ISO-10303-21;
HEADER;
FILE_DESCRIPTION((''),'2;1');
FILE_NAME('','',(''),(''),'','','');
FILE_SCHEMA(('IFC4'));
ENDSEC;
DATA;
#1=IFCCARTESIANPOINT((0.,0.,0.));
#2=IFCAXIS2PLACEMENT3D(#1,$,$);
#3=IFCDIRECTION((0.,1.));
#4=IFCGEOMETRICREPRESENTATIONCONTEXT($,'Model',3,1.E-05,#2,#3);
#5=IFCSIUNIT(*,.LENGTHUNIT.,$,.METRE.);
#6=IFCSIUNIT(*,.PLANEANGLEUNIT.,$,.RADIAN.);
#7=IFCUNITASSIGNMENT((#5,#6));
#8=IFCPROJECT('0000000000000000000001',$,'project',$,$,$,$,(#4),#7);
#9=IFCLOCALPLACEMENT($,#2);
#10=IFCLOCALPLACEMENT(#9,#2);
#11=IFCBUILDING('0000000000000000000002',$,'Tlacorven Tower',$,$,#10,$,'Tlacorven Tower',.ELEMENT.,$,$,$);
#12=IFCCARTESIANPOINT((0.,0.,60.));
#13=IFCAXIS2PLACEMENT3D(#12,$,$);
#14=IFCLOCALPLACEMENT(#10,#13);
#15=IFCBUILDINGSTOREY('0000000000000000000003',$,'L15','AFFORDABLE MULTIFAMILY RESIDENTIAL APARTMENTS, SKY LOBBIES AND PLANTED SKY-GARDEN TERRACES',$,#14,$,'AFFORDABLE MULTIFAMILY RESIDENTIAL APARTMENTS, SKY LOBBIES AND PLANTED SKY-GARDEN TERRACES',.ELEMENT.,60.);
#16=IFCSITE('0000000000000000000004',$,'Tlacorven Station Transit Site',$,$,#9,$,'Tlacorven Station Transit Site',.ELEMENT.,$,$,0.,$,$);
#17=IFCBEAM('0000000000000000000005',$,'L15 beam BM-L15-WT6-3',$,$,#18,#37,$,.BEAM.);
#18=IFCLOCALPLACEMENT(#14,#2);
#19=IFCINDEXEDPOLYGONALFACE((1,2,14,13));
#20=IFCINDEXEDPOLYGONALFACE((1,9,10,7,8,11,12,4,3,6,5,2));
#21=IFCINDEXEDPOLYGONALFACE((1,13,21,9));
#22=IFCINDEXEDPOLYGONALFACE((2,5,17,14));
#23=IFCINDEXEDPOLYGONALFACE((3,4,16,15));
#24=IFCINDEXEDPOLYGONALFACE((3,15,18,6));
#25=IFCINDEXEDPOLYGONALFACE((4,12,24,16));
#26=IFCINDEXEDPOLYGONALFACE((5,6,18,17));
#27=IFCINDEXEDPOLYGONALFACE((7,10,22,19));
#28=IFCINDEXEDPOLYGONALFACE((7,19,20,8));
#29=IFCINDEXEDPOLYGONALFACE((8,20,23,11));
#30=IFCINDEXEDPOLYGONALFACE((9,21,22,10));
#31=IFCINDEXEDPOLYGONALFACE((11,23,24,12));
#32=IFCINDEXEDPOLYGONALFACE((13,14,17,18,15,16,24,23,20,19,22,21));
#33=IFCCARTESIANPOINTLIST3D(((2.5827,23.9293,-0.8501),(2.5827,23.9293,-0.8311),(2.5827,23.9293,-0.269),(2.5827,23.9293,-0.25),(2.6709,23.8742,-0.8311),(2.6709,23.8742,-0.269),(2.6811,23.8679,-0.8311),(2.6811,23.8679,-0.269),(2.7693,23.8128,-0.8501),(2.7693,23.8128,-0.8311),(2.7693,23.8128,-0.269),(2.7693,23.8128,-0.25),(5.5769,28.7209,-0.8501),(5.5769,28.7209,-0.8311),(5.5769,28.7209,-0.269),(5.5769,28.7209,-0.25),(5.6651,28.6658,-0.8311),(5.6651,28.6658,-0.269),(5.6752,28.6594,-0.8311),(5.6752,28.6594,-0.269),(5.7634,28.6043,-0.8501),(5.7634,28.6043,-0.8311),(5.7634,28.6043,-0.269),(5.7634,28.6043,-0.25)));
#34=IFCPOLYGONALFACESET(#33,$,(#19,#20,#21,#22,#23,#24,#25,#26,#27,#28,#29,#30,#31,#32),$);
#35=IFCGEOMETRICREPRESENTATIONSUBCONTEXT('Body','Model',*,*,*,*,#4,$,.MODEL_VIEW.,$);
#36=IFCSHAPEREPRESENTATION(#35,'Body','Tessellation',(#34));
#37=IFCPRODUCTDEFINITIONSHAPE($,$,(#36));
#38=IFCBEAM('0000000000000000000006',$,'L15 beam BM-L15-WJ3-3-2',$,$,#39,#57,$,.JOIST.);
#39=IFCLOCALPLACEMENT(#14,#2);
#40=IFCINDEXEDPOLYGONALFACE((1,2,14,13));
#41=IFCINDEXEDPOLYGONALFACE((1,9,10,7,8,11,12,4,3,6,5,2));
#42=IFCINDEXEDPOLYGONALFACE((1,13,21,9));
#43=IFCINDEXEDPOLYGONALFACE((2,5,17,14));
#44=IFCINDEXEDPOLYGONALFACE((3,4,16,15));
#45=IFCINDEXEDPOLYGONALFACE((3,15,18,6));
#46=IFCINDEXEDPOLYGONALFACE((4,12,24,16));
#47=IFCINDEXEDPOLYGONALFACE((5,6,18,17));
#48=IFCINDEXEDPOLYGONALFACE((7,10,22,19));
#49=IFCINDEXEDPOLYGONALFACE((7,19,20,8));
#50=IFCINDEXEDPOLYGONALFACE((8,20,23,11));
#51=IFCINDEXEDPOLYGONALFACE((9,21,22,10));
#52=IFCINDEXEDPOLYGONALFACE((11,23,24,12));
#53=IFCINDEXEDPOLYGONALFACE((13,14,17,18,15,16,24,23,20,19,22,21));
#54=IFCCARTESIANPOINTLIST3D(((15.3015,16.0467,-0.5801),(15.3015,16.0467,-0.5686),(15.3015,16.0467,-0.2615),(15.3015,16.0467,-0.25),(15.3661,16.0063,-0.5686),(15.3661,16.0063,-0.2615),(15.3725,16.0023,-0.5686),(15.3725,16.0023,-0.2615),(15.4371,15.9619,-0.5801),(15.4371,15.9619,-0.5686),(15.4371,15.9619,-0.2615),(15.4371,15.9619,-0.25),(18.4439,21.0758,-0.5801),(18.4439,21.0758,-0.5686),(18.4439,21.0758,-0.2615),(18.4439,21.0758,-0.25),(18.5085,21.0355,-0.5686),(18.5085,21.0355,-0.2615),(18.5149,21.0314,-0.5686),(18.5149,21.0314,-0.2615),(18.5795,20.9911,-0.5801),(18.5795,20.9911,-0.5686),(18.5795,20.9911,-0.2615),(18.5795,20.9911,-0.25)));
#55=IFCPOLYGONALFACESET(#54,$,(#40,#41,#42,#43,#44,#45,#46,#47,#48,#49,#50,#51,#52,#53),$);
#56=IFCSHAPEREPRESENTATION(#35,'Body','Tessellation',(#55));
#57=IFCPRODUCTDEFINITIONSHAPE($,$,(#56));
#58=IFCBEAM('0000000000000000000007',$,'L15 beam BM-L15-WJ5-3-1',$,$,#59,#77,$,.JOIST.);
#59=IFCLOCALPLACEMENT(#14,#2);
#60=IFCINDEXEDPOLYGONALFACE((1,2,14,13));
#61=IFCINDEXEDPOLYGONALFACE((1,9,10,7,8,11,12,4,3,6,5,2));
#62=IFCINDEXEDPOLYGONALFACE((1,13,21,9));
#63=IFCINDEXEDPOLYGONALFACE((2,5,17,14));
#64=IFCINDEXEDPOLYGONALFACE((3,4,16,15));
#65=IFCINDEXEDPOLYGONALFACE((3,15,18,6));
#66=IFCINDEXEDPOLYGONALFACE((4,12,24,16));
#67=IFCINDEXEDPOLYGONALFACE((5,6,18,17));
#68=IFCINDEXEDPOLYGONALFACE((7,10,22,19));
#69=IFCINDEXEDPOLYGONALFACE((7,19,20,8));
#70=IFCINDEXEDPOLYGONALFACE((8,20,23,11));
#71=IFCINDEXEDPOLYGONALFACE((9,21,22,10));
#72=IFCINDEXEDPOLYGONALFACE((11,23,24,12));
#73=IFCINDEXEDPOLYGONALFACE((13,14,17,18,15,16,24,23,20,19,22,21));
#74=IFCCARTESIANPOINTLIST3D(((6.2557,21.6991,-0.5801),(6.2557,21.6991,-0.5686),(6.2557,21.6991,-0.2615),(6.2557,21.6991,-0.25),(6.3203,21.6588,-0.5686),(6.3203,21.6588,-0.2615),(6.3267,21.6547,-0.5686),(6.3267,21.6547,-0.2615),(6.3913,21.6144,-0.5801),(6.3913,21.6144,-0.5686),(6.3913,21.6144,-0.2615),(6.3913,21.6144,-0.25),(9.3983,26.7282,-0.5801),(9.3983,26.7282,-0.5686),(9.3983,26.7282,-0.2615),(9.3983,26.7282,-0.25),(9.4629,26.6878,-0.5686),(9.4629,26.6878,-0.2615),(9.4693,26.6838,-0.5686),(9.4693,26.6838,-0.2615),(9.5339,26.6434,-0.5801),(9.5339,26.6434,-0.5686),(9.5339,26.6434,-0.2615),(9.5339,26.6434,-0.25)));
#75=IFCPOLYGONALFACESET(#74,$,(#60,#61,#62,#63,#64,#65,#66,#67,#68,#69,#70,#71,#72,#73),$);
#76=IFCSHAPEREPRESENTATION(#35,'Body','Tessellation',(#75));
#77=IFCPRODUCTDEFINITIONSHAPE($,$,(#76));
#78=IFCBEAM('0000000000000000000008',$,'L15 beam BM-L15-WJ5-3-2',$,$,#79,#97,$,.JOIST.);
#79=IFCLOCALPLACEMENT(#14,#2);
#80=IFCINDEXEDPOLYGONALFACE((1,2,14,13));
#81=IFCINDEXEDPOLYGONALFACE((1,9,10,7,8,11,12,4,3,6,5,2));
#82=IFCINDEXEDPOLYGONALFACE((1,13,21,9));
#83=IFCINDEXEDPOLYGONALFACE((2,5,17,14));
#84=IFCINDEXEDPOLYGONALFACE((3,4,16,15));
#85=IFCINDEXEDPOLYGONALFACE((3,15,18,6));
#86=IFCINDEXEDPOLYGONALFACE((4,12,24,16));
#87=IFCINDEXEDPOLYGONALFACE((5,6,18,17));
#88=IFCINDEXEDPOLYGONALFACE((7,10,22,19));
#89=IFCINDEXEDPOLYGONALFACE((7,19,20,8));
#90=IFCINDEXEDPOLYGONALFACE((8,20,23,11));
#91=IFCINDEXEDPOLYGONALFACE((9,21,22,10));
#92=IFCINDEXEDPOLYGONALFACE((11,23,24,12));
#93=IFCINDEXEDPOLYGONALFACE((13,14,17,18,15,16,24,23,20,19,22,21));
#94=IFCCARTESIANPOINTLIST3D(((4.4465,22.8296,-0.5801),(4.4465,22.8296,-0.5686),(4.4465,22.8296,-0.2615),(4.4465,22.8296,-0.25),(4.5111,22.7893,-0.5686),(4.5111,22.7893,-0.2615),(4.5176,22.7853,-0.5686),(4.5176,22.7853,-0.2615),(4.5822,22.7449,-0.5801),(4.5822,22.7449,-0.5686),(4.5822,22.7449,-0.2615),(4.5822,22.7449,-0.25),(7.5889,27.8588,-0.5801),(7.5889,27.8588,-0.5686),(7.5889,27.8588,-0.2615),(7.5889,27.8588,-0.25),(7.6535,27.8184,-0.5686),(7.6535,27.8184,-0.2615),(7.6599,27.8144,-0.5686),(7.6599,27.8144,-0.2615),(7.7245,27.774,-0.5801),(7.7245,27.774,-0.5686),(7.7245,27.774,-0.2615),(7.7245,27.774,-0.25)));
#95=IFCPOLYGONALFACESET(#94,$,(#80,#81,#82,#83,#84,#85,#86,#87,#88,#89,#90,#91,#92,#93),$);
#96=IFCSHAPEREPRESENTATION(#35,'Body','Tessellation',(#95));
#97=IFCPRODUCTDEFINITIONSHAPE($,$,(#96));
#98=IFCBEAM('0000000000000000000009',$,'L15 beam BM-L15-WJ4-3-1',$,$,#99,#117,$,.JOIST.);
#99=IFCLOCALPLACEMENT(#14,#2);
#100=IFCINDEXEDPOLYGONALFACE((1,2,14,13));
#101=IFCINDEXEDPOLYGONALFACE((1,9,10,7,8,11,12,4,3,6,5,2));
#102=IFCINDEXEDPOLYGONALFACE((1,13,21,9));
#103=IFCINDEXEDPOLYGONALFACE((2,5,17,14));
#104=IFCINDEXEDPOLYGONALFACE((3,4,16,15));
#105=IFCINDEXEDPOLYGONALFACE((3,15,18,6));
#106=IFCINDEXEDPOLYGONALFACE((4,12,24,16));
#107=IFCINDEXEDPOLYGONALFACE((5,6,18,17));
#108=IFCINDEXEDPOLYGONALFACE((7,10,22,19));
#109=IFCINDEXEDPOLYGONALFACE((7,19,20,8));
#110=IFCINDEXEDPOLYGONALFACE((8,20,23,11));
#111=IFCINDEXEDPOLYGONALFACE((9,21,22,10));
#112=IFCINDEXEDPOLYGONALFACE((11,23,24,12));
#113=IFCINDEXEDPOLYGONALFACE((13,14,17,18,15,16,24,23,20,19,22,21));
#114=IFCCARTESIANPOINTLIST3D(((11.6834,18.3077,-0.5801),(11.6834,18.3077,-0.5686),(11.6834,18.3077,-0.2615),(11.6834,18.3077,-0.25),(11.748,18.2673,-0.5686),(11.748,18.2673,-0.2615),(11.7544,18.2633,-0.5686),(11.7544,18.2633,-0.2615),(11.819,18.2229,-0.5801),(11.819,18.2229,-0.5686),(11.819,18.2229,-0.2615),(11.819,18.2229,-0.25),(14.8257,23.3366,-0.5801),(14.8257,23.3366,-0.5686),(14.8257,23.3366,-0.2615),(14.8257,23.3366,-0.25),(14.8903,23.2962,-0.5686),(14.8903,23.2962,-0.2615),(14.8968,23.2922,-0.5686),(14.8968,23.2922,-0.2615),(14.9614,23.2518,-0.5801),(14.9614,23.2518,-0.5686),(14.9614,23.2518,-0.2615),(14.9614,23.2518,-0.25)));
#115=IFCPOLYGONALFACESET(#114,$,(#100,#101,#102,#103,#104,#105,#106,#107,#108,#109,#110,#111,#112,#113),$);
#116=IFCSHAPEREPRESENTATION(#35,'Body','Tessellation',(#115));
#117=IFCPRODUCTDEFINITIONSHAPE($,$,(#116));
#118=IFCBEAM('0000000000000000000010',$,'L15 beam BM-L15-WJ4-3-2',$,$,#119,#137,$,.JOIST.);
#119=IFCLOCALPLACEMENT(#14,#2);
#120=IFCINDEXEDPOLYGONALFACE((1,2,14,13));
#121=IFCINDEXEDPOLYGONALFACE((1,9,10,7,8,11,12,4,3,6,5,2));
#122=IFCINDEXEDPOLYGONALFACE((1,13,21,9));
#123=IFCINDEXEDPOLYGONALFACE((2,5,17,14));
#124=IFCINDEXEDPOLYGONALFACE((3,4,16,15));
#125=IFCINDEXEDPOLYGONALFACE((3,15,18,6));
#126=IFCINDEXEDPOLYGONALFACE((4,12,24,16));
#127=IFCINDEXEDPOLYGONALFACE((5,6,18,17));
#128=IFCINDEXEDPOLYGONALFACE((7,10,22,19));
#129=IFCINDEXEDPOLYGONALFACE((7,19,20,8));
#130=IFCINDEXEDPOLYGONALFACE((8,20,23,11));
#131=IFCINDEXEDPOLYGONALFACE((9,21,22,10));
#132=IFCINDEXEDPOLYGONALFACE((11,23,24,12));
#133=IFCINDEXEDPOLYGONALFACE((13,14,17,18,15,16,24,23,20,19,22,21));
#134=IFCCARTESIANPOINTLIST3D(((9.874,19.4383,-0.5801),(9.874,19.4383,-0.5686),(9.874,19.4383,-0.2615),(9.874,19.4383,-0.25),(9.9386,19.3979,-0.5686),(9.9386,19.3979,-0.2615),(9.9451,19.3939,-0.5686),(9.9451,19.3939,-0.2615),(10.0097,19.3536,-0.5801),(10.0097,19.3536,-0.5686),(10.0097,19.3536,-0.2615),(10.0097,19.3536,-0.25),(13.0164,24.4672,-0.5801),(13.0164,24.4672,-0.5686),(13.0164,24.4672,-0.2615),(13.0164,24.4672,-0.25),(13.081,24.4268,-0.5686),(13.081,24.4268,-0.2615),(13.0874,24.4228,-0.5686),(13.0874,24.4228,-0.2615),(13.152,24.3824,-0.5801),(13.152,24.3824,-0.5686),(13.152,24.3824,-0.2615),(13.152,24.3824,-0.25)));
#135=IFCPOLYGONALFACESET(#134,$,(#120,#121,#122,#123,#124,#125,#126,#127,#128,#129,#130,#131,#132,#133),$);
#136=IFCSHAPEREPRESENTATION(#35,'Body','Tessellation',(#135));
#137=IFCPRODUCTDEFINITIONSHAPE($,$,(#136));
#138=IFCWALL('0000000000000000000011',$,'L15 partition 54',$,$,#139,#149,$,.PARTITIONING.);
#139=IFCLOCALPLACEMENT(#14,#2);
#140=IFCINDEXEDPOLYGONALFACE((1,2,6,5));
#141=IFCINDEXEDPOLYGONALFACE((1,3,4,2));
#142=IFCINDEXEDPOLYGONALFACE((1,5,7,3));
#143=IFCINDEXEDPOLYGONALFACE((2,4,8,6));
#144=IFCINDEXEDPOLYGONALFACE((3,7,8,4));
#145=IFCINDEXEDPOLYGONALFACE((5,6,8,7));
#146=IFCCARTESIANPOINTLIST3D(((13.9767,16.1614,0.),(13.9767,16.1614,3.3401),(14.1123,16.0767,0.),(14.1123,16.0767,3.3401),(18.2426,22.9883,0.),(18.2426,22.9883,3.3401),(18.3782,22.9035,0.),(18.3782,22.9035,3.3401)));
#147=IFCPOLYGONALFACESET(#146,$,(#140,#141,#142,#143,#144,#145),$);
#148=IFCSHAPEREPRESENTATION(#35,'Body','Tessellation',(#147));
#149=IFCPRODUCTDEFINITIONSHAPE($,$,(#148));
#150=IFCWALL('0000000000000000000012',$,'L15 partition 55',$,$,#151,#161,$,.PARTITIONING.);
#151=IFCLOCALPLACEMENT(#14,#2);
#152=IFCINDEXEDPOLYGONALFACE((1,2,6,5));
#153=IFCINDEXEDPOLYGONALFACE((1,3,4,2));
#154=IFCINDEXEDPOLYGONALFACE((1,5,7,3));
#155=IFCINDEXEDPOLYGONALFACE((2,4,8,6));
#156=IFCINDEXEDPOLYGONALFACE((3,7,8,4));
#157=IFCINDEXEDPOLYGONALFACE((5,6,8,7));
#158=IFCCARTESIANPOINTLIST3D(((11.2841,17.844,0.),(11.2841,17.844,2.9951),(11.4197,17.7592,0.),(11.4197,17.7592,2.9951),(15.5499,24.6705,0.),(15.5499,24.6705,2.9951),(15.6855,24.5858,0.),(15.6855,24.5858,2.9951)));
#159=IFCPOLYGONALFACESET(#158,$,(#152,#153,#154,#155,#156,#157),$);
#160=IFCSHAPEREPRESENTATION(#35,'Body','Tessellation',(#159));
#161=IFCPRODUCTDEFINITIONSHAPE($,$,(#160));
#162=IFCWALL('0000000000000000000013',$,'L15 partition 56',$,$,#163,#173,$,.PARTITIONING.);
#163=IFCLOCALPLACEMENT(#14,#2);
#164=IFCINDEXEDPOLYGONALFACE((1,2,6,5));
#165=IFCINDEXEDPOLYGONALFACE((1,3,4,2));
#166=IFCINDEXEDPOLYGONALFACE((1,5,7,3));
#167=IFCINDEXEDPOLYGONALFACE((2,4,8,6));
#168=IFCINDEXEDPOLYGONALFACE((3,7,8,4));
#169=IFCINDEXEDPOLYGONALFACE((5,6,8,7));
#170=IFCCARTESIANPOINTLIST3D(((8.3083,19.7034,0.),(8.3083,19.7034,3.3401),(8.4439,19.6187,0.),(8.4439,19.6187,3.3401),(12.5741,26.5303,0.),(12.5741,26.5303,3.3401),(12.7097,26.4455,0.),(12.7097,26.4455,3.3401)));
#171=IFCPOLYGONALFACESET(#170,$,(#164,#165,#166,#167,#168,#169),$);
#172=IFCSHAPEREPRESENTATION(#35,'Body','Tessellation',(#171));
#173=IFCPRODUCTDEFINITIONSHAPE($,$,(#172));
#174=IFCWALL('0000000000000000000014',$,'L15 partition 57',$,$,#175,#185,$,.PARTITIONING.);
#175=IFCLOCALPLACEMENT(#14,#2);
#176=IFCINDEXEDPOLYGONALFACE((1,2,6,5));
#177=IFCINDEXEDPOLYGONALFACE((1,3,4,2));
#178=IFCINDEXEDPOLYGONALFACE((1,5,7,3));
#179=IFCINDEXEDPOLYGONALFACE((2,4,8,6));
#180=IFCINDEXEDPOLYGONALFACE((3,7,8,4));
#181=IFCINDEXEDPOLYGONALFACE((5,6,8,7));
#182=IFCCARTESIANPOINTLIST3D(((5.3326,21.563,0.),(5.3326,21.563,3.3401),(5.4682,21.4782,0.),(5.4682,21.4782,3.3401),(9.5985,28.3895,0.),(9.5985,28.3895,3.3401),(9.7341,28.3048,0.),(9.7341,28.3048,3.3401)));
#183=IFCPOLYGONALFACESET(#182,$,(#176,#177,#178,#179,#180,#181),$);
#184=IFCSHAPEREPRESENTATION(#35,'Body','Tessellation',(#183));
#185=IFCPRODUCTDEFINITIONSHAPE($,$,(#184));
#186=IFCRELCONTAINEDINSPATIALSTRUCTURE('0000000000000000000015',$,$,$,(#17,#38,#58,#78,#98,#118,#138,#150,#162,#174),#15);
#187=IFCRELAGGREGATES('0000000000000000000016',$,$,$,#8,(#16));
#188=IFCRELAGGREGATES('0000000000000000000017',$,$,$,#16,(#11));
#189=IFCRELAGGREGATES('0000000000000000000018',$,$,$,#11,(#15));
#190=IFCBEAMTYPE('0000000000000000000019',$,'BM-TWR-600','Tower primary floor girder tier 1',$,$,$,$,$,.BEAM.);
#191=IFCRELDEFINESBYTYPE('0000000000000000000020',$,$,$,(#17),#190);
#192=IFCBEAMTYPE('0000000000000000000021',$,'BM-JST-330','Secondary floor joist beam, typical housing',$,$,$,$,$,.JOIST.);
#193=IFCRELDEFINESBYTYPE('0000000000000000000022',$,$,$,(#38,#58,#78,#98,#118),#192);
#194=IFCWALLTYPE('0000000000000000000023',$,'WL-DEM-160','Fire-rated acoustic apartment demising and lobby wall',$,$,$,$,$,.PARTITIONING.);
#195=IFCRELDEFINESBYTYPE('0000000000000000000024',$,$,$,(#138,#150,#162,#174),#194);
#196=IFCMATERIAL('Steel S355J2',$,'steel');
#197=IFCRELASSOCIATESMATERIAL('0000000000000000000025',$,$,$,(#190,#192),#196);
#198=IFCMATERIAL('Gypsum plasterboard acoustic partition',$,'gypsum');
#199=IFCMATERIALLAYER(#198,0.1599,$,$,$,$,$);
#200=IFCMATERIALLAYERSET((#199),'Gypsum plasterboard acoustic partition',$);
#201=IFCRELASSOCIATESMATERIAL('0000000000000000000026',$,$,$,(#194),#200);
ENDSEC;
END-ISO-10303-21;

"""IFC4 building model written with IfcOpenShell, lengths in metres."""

from ifc_helpers import new_model, si_unit, direction, frame, frame_2d, origin, origin_2d, place, context, subcontext, project, spatial, rectangle, i_section, extrude, source, transform, mapped, material, layer, layer_set, material_profile, profile_set, type_object, element, save


model = new_model("IFC4")

# Units and contexts
model_context = context("Model", 3, precision=1e-05, world=origin(), true_north=direction((0.0, 1.0)))
body_context = subcontext(model_context, "Body", "Model", "MODEL_VIEW")
ifc_project = project(units=[si_unit("LENGTHUNIT", "METRE"), si_unit("PLANEANGLEUNIT", "RADIAN")], contexts=[model_context])

# Site, building, storey
site_placement = place(None, origin())
site = spatial("IfcSite", under=ifc_project, at=site_placement, Name="Tlacorven Station Transit Site", LongName="Tlacorven Station Transit Site", CompositionType="ELEMENT", RefElevation=0.0)
building_placement = place(site_placement, origin())
building = spatial("IfcBuilding", under=site, at=building_placement, Name="Tlacorven Tower", LongName="Tlacorven Tower", CompositionType="ELEMENT")
storey_placement = place(building_placement, frame((0.0, 0.0, 60.0)))
storey = spatial("IfcBuildingStorey", under=building, at=storey_placement, Name="L15", Description="AFFORDABLE MULTIFAMILY RESIDENTIAL APARTMENTS, SKY LOBBIES AND PLANTED SKY-GARDEN TERRACES", LongName="AFFORDABLE MULTIFAMILY RESIDENTIAL APARTMENTS, SKY LOBBIES AND PLANTED SKY-GARDEN TERRACES", CompositionType="ELEMENT", Elevation=60.0)

# Beams
ifc_material_1 = material(Name="Steel S355J2", Category="steel")
ifc_material_profile_1 = material_profile(ifc_material_1, i_section(OverallWidth=0.22, OverallDepth=0.6001, WebThickness=0.012, FlangeThickness=0.019, at=origin_2d()), Name="IPE 600")
ifc_profile_set_1 = profile_set([ifc_material_profile_1], Name="Steel S355J2")
beam_type_1 = type_object("IfcBeamType", Name="BM-TWR-600", Description="Tower primary floor girder tier 1", PredefinedType="BEAM", material=ifc_profile_set_1)
shared_shape_1 = source(origin(), body_context, "Body", "SweptSolid", [
    extrude(i_section(OverallWidth=0.22, OverallDepth=0.6001, WebThickness=0.012, FlangeThickness=0.019, at=origin_2d()), origin(), (0.0, 0.0, 1.0), 5.6501),
])
for number, where, z_axis, x_axis, name in (
    (1, (5.6702, 28.6626, -0.55), (-0.529929, -0.848042, 0.0), (0.848042, -0.529929, 0.0), "L15 beam BM-L15-WT6-3"),
):
    element("IfcBeam", number, at=place(storey_placement, frame(where, z_axis=z_axis, x_axis=x_axis)), inside=storey, type_object=beam_type_1, Name=name, PredefinedType="BEAM", context=body_context, shape_type="MappedRepresentation", body=[
        mapped(shared_shape_1, transform((0.0, 0.0, 0.0), scale=1.0)),
    ])
ifc_material_profile_2 = material_profile(ifc_material_1, i_section(OverallWidth=0.1599, OverallDepth=0.3301, WebThickness=0.0076, FlangeThickness=0.0115, at=origin_2d()), Name="IPE 330")
ifc_profile_set_2 = profile_set([ifc_material_profile_2], Name="Steel S355J2")
beam_type_2 = type_object("IfcBeamType", Name="BM-JST-330", Description="Secondary floor joist beam, typical housing", PredefinedType="JOIST", material=ifc_profile_set_2)
shared_shape_2 = source(origin(), body_context, "Body", "SweptSolid", [
    extrude(i_section(OverallWidth=0.1599, OverallDepth=0.3301, WebThickness=0.0076, FlangeThickness=0.0115, at=origin_2d()), origin(), (0.0, 0.0, 1.0), 5.9302),
])
for number, where, z_axis, x_axis, name in (
    (2, (18.5117, 21.0334, -0.415), (-0.529899, -0.848061, 0.0), (0.848061, -0.529899, 0.0), "L15 beam BM-L15-WJ3-3-2"),
    (3, (9.4661, 26.6858, -0.415), (-0.529929, -0.848042, 0.0), (0.848042, -0.529929, 0.0), "L15 beam BM-L15-WJ5-3-1"),
    (4, (7.6567, 27.8164, -0.415), (-0.529899, -0.848061, 0.0), (0.848061, -0.529899, 0.0), "L15 beam BM-L15-WJ5-3-2"),
):
    element("IfcBeam", number, at=place(storey_placement, frame(where, z_axis=z_axis, x_axis=x_axis)), inside=storey, type_object=beam_type_2, Name=name, PredefinedType="JOIST", context=body_context, shape_type="MappedRepresentation", body=[
        mapped(shared_shape_2, transform((0.0, 0.0, 0.0), scale=1.0)),
    ])
shared_shape_3 = source(origin(), body_context, "Body", "SweptSolid", [
    extrude(i_section(OverallWidth=0.1599, OverallDepth=0.3301, WebThickness=0.0076, FlangeThickness=0.0115, at=origin_2d()), origin(), (0.0, 0.0, 1.0), 5.9299),
])
for number, where, z_axis, x_axis, name in (
    (5, (14.8936, 23.2942, -0.415), (-0.529918, -0.848049, 0.0), (0.848049, -0.529918, 0.0), "L15 beam BM-L15-WJ4-3-1"),
    (6, (13.0842, 24.4248, -0.415), (-0.529918, -0.848049, 0.0), (0.848049, -0.529918, 0.0), "L15 beam BM-L15-WJ4-3-2"),
):
    element("IfcBeam", number, at=place(storey_placement, frame(where, z_axis=z_axis, x_axis=x_axis)), inside=storey, type_object=beam_type_2, Name=name, PredefinedType="JOIST", context=body_context, shape_type="MappedRepresentation", body=[
        mapped(shared_shape_3, transform((0.0, 0.0, 0.0), scale=1.0)),
    ])

# Walls
ifc_material_2 = material(Name="Gypsum plasterboard acoustic partition", Category="gypsum")
ifc_layer_1 = layer(ifc_material_2, 0.1599)
ifc_layer_set_1 = layer_set([ifc_layer_1], Name="Gypsum plasterboard acoustic partition")
wall_type_1 = type_object("IfcWallType", Name="WL-DEM-160", Description="Fire-rated acoustic apartment demising and lobby wall", PredefinedType="PARTITIONING", material=ifc_layer_set_1)
wall_1_placement = place(storey_placement, frame((18.3103, 22.9458, 0.0), z_axis=(0.0, 0.0, 1.0), x_axis=(-0.529914, -0.848051, 0.0)))
element("IfcWall", 7, at=wall_1_placement, inside=storey, type_object=wall_type_1, Name="L15 partition 54", PredefinedType="PARTITIONING", context=body_context, shape_type="SweptSolid", body=[
    extrude(rectangle(XDim=8.05, YDim=0.1599, at=frame_2d((4.0249, 0.0))), origin(), (0.0, 0.0, 1.0), 3.3401),
])
wall_2_placement = place(storey_placement, frame((15.6177, 24.6282, 0.0), z_axis=(0.0, 0.0, 1.0), x_axis=(-0.529928, -0.848043, 0.0)))
element("IfcWall", 8, at=wall_2_placement, inside=storey, type_object=wall_type_1, Name="L15 partition 55", PredefinedType="PARTITIONING", context=body_context, shape_type="SweptSolid", body=[
    extrude(rectangle(XDim=8.0498, YDim=0.1599, at=frame_2d((4.0249, 0.0))), origin(), (0.0, 0.0, 1.0), 2.9951),
])
wall_3_placement = place(storey_placement, frame((12.6418, 26.4878, 0.0), z_axis=(0.0, 0.0, 1.0), x_axis=(-0.529914, -0.848051, 0.0)))
element("IfcWall", 9, at=wall_3_placement, inside=storey, type_object=wall_type_1, Name="L15 partition 56", PredefinedType="PARTITIONING", context=body_context, shape_type="SweptSolid", body=[
    extrude(rectangle(XDim=8.05, YDim=0.1599, at=frame_2d((4.0249, 0.0))), origin(), (0.0, 0.0, 1.0), 3.3401),
])
wall_4_placement = place(storey_placement, frame((9.6663, 28.3472, 0.0), z_axis=(0.0, 0.0, 1.0), x_axis=(-0.529928, -0.848043, 0.0)))
element("IfcWall", 10, at=wall_4_placement, inside=storey, type_object=wall_type_1, Name="L15 partition 57", PredefinedType="PARTITIONING", context=body_context, shape_type="SweptSolid", body=[
    extrude(rectangle(XDim=8.0498, YDim=0.1599, at=frame_2d((4.0249, 0.0))), origin(), (0.0, 0.0, 1.0), 3.3401),
])

save(model, "model.ifc")
